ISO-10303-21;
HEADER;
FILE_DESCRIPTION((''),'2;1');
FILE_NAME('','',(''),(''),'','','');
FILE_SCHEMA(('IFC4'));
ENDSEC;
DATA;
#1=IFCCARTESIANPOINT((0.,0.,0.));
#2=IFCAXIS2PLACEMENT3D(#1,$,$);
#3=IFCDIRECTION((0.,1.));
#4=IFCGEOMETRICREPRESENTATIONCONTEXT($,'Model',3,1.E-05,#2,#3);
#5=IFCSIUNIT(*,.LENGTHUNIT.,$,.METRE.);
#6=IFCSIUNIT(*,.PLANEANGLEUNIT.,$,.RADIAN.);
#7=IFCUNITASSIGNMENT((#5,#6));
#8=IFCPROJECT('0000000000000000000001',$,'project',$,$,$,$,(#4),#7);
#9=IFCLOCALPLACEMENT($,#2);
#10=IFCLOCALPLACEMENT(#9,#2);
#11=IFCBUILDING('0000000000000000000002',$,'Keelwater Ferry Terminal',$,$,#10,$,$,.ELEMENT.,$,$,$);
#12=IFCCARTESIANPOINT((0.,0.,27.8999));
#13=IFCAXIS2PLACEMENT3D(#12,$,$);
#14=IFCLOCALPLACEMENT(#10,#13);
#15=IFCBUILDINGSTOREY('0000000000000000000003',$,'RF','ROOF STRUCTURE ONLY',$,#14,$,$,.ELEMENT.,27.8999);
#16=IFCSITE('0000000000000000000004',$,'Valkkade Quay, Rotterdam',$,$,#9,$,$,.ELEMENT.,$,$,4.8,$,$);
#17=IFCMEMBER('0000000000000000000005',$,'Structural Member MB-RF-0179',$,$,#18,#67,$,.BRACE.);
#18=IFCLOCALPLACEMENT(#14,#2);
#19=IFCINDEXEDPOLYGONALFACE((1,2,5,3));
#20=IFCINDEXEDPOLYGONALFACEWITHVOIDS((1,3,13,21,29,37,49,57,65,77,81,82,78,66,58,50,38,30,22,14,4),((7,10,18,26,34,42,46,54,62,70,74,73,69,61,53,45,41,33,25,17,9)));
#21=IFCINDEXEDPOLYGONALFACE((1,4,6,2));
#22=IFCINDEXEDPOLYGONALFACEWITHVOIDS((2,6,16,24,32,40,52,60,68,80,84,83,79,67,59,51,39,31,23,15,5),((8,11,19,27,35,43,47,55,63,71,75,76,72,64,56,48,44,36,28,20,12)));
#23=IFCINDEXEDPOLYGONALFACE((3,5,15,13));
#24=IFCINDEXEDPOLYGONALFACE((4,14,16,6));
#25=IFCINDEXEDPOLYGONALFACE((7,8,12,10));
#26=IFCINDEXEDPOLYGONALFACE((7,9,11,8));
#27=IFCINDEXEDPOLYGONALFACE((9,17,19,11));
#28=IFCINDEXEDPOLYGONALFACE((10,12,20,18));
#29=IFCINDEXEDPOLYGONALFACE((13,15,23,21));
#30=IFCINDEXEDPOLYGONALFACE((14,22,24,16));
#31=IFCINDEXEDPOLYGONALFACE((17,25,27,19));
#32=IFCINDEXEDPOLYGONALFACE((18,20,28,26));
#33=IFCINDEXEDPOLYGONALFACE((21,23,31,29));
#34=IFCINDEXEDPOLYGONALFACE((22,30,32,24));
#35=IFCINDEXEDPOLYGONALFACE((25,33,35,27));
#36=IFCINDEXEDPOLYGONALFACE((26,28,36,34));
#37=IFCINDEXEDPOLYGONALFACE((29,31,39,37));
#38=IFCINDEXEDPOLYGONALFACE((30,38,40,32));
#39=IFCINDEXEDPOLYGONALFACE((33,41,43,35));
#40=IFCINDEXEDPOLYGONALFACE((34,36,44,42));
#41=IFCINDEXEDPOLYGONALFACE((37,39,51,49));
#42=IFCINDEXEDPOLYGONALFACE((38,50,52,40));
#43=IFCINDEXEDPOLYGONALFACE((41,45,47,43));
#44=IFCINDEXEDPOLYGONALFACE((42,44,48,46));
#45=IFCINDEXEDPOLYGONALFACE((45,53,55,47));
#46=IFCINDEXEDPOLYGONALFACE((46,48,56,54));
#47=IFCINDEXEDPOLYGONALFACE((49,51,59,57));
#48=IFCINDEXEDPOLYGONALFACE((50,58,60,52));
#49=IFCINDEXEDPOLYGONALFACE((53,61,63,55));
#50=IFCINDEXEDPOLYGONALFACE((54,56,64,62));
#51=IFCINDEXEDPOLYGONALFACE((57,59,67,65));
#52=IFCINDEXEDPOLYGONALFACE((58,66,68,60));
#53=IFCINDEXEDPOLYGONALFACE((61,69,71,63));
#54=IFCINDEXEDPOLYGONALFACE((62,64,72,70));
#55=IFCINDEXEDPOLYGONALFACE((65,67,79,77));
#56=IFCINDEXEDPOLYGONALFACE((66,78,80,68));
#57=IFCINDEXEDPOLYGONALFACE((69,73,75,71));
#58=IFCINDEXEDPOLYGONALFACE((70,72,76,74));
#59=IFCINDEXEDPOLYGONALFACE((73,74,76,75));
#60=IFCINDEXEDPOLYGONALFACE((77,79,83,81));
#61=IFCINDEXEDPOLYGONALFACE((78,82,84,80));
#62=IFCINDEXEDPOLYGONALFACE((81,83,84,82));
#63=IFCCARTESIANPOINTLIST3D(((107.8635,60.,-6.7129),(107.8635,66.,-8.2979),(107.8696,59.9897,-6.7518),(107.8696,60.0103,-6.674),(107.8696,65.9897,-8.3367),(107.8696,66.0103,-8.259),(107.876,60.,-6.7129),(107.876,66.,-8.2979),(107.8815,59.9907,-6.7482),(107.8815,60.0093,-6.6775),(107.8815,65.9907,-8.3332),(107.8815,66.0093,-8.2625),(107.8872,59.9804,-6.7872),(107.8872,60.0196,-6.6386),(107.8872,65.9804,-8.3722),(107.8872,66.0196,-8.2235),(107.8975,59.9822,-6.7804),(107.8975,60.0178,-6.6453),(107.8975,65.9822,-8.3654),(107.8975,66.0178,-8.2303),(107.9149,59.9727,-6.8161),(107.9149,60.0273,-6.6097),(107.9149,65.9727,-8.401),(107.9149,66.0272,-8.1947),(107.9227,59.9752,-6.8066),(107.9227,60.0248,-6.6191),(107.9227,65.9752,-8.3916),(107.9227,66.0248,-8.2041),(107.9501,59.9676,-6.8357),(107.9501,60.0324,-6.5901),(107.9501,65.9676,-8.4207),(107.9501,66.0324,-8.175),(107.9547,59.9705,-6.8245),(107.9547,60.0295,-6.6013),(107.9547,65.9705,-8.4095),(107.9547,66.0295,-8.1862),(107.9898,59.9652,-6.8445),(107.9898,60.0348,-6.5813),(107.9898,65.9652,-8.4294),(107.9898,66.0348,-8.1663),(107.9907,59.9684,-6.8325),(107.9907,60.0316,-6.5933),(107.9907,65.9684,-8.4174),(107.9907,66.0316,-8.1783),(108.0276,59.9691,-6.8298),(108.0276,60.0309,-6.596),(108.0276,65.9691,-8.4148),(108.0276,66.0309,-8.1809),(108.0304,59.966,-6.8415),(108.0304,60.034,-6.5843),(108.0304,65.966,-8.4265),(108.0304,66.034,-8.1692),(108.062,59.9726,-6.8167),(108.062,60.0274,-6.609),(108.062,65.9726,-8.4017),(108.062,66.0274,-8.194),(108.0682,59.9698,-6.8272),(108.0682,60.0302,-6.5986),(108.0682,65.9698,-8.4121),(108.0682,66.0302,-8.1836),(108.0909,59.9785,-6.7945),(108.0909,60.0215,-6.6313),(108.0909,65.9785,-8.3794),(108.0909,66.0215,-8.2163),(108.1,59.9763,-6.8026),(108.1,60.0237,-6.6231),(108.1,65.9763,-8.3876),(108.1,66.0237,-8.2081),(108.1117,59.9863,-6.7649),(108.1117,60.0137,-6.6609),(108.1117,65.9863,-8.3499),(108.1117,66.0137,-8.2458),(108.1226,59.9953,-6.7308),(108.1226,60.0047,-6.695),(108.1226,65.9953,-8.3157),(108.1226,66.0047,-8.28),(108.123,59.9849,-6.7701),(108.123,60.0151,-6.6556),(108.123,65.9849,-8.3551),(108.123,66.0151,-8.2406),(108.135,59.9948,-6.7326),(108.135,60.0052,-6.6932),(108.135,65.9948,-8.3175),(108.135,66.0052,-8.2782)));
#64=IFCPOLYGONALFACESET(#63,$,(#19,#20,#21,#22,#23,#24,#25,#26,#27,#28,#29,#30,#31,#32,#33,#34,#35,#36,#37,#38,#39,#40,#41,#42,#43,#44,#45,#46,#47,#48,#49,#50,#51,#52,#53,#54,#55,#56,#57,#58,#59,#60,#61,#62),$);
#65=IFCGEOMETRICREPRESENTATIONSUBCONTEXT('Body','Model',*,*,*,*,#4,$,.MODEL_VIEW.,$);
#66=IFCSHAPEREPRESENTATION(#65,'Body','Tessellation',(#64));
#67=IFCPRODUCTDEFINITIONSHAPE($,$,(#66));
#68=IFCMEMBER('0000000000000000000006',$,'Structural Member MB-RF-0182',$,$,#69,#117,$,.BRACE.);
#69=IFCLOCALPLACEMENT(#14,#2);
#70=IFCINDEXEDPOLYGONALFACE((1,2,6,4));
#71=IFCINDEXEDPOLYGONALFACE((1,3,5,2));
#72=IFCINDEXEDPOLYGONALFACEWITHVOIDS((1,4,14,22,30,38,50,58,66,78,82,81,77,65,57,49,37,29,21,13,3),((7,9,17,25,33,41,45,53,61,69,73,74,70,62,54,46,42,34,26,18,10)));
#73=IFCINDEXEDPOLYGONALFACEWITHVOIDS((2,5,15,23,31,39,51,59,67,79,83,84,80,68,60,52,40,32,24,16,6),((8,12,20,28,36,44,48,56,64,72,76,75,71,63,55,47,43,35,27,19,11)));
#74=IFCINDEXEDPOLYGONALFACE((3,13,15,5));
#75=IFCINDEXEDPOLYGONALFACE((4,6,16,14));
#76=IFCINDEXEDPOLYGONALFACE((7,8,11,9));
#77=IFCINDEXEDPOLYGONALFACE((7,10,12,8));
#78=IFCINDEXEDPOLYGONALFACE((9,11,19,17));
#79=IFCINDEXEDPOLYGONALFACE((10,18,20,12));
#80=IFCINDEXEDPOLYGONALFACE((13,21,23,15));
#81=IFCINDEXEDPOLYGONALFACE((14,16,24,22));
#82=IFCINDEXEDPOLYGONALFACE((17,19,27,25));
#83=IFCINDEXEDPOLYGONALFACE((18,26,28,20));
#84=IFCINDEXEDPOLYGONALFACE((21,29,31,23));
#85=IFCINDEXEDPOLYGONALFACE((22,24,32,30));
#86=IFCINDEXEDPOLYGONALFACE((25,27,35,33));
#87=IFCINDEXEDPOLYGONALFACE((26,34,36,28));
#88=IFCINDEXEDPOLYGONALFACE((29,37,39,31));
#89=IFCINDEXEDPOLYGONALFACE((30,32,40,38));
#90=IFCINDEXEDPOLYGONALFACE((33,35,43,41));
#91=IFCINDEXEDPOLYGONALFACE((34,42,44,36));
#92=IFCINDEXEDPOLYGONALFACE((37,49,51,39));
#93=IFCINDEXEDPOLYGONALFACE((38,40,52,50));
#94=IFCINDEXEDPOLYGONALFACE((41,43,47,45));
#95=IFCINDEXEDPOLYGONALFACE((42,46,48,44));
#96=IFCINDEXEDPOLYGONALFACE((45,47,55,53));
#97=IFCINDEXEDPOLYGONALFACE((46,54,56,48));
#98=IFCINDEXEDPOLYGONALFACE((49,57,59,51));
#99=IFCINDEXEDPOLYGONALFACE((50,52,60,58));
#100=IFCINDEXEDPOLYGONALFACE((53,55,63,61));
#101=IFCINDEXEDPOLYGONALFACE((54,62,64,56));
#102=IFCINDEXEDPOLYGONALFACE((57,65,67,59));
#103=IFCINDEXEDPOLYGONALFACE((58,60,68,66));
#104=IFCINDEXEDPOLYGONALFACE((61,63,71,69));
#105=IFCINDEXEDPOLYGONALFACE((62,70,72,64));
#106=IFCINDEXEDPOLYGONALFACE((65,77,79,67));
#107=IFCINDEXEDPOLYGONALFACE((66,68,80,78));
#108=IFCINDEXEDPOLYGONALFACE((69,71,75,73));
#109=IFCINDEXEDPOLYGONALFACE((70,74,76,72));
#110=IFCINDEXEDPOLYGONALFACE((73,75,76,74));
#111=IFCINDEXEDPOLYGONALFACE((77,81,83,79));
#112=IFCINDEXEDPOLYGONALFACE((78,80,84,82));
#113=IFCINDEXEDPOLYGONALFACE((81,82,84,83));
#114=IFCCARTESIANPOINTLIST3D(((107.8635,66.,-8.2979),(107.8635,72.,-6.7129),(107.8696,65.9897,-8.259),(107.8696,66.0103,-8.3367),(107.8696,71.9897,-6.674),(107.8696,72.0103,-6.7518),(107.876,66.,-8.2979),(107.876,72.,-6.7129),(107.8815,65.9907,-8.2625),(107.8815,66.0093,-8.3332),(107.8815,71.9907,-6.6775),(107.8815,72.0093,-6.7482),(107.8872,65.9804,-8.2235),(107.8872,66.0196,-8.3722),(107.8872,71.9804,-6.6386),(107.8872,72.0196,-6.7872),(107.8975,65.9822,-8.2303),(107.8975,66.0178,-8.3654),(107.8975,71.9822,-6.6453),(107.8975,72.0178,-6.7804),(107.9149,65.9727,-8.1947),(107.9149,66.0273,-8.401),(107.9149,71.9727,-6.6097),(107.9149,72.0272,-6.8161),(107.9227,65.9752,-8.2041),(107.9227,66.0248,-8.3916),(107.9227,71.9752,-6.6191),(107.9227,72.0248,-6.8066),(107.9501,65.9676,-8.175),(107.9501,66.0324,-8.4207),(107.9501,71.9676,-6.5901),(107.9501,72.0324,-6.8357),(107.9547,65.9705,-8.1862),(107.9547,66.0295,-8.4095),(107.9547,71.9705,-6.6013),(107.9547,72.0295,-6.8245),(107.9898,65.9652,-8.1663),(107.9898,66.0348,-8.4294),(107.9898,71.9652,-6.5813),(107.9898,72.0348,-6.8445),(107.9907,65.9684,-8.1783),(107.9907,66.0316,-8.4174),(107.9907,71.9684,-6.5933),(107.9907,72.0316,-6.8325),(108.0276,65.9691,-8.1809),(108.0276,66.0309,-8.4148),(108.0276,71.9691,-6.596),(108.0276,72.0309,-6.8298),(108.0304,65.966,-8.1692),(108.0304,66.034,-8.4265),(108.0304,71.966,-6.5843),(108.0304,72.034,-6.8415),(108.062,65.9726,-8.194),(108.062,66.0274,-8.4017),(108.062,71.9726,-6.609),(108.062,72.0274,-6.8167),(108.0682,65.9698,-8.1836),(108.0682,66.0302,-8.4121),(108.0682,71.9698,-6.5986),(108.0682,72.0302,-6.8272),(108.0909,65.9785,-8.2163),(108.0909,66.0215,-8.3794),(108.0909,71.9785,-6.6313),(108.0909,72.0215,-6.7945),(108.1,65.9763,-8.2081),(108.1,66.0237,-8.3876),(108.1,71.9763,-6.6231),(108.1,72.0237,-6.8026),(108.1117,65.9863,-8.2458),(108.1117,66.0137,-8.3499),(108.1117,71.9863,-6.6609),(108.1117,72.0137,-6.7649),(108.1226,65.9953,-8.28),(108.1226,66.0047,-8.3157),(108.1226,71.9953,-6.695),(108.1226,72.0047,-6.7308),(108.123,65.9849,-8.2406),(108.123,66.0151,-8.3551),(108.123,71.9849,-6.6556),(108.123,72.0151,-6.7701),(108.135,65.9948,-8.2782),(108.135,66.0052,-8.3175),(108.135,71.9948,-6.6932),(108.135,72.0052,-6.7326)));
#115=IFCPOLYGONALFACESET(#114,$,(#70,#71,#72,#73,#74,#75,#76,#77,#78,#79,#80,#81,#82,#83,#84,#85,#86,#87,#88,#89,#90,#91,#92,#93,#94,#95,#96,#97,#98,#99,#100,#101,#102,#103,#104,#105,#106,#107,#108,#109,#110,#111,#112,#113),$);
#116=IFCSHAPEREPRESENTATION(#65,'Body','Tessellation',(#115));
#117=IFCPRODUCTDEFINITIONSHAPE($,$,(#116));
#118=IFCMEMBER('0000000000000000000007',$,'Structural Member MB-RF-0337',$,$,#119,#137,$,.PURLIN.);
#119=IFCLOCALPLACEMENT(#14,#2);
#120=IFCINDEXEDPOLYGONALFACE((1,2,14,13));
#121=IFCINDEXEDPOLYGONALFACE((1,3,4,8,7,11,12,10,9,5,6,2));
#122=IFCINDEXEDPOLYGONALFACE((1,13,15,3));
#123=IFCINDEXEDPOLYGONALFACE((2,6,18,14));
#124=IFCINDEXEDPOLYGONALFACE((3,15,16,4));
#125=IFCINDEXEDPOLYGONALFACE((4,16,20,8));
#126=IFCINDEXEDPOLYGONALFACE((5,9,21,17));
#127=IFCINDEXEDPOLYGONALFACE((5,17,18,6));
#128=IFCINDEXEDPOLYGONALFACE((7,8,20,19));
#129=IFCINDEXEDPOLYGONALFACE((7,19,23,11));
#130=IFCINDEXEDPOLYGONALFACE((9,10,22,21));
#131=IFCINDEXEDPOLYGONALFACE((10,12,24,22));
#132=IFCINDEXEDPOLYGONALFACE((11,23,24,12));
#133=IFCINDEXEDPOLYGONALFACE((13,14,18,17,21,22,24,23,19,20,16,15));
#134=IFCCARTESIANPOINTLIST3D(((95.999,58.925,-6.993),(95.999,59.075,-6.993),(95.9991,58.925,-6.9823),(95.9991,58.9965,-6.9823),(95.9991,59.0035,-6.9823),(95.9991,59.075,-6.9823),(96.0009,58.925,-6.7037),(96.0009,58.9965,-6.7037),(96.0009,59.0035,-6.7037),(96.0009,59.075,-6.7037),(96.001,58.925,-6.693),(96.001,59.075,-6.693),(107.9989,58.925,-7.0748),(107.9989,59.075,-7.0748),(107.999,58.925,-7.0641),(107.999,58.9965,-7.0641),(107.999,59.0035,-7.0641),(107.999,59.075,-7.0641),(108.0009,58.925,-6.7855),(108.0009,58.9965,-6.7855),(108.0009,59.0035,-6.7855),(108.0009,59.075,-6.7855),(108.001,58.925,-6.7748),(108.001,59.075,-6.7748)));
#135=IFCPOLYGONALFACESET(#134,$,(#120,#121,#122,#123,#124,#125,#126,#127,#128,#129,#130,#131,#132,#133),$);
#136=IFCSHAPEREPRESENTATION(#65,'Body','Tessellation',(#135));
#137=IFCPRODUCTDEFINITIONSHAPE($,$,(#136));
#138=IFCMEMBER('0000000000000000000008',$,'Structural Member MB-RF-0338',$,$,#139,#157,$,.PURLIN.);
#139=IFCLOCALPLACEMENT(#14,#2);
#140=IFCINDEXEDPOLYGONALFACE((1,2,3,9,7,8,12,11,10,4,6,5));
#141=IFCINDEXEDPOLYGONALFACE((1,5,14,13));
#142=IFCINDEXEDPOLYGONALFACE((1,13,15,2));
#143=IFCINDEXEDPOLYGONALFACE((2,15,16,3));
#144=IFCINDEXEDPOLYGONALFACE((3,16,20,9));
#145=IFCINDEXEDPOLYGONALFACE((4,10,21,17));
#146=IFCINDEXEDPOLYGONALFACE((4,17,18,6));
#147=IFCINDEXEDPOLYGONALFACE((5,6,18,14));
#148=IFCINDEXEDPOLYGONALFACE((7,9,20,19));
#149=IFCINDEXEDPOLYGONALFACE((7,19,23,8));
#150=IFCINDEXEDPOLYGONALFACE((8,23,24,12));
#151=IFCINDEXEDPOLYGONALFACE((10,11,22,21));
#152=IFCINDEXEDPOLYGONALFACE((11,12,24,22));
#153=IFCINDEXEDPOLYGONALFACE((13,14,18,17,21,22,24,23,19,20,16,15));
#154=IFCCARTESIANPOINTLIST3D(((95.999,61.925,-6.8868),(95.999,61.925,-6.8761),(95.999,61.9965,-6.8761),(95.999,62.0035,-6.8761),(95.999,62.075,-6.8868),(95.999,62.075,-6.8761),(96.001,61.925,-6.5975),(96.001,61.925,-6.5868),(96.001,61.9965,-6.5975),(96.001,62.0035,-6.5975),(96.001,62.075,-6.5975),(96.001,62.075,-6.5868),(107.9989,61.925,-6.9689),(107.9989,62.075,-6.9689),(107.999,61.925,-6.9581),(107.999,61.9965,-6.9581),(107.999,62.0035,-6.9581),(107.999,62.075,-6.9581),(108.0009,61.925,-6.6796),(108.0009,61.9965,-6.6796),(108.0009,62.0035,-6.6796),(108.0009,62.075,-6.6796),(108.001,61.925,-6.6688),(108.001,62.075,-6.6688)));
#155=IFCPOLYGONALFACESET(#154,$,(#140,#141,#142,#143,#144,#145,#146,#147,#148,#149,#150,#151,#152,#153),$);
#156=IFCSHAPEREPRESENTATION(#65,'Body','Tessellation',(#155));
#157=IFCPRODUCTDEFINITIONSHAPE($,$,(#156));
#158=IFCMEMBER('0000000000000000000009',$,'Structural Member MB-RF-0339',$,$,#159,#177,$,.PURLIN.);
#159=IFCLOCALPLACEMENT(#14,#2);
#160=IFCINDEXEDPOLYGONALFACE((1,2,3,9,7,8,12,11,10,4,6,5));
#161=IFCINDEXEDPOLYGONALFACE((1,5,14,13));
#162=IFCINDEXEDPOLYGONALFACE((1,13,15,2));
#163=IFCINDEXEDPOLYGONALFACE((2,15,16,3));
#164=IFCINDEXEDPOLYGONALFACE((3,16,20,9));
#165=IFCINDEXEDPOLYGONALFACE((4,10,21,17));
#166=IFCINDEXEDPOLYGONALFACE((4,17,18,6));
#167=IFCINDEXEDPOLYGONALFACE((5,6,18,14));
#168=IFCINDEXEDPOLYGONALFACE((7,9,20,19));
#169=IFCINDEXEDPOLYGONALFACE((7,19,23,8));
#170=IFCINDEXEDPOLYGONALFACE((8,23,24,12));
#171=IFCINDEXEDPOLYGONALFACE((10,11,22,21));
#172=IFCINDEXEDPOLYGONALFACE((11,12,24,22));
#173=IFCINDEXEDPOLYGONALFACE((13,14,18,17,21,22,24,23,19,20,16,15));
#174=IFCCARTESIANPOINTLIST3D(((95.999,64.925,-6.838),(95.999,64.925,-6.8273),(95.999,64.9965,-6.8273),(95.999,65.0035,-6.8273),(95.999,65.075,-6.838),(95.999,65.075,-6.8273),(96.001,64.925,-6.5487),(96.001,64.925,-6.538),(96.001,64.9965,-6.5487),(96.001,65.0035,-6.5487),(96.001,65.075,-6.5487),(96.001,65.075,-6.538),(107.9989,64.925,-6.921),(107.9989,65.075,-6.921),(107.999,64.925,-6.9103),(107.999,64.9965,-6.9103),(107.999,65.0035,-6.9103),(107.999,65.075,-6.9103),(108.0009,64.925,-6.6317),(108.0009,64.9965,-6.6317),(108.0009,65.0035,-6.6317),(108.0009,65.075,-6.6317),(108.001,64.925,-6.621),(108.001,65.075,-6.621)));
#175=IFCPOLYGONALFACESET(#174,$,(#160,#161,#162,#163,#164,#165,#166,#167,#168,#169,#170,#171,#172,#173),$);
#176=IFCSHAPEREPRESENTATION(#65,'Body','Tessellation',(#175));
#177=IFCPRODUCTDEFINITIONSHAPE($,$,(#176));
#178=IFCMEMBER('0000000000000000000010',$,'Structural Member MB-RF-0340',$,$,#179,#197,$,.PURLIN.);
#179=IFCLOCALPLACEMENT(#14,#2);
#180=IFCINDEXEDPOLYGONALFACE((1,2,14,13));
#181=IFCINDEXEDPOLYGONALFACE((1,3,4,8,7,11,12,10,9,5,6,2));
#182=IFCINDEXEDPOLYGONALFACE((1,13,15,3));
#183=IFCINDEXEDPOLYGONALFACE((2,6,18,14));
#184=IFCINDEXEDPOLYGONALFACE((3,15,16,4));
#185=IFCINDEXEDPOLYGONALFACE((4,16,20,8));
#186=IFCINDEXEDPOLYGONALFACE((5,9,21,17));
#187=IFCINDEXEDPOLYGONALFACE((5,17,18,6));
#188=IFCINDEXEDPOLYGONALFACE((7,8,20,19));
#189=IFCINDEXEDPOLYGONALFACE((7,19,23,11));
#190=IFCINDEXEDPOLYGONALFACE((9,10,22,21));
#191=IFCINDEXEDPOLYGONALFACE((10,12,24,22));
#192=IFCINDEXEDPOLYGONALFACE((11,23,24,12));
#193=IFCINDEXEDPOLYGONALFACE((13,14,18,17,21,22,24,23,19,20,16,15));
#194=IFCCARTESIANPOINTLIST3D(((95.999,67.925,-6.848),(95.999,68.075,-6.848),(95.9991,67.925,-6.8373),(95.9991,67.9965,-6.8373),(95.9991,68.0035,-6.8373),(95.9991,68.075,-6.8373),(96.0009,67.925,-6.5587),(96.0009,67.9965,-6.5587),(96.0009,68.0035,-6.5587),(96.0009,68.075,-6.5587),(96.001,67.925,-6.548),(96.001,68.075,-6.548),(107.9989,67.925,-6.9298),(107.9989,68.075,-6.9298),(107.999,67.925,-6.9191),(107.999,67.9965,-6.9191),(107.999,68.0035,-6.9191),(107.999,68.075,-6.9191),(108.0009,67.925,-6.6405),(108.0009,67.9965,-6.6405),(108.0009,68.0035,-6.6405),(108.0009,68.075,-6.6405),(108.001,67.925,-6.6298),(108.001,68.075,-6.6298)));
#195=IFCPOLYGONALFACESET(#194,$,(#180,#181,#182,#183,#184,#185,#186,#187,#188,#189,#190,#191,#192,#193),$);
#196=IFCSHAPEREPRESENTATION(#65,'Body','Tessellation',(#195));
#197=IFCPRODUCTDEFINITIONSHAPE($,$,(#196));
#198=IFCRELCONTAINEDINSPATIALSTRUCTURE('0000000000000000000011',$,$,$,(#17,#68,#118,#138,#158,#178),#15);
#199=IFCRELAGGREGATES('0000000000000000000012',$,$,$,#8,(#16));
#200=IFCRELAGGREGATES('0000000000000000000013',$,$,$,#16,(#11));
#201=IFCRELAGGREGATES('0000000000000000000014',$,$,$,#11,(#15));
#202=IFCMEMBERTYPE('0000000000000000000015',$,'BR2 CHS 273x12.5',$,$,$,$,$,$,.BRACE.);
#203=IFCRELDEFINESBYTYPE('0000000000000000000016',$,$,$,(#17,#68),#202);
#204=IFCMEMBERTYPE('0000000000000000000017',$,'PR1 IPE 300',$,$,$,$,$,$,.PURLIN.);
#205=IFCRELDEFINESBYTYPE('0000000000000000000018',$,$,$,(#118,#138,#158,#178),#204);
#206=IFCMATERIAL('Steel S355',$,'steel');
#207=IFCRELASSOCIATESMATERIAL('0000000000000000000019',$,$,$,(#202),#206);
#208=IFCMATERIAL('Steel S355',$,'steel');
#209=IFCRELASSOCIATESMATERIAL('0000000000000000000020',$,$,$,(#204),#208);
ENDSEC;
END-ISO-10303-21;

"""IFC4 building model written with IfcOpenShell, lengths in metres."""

from ifc_helpers import new_model, si_unit, direction, frame, origin, origin_2d, place, context, subcontext, project, spatial, hollow_circle, i_section, extrude, material, material_profile, profile_set, type_object, element, save


model = new_model("IFC4")

# Units and contexts
model_context = context("Model", 3, precision=1e-05, world=origin(), true_north=direction((0.0, 1.0)))
body_context = subcontext(model_context, "Body", "Model", "MODEL_VIEW")
ifc_project = project(units=[si_unit("LENGTHUNIT", "METRE"), si_unit("PLANEANGLEUNIT", "RADIAN")], contexts=[model_context])

# Site, building, storey
site_placement = place(None, origin())
site = spatial("IfcSite", under=ifc_project, at=site_placement, Name="Valkkade Quay, Rotterdam", CompositionType="ELEMENT", RefElevation=4.8)
building_placement = place(site_placement, origin())
building = spatial("IfcBuilding", under=site, at=building_placement, Name="Keelwater Ferry Terminal", CompositionType="ELEMENT")
storey_placement = place(building_placement, frame((0.0, 0.0, 27.8999)))
storey = spatial("IfcBuildingStorey", under=building, at=storey_placement, Name="RF", Description="ROOF STRUCTURE ONLY", CompositionType="ELEMENT", Elevation=27.8999)

# Members
ifc_material_1 = material(Name="Steel S355", Category="steel")
ifc_material_profile_1 = material_profile(ifc_material_1, hollow_circle(Radius=0.1365, WallThickness=0.0125, at=origin_2d()), Name="CHS 273x12.5")
ifc_profile_set_1 = profile_set([ifc_material_profile_1], Name="Steel S355")
member_type_1 = type_object("IfcMemberType", Name="BR2 CHS 273x12.5", PredefinedType="BRACE", material=ifc_profile_set_1)
for number, where, z_axis, x_axis, name in (
    (1, (108.0, 60.0, -6.7129), (0.0, 0.966836, -0.255399), (-1.0, 0.0, 0.0), "Structural Member MB-RF-0179"),
    (2, (108.0, 66.0, -8.2979), (0.0, 0.966836, 0.255399), (-1.0, 0.0, 0.0), "Structural Member MB-RF-0182"),
):
    element("IfcMember", number, at=place(storey_placement, frame(where, z_axis=z_axis, x_axis=x_axis)), inside=storey, type_object=member_type_1, Name=name, PredefinedType="BRACE", context=body_context, shape_type="SweptSolid", body=[
        extrude(hollow_circle(Radius=0.1365, WallThickness=0.0125, at=origin_2d()), origin(), (0.0, 0.0, 1.0), 6.2058),
    ])
ifc_material_2 = material(Name="Steel S355", Category="steel")
ifc_material_profile_2 = material_profile(ifc_material_2, i_section(OverallWidth=0.1499, OverallDepth=0.3, WebThickness=0.0071, FlangeThickness=0.0107, at=origin_2d()), Name="IPE 300")
ifc_profile_set_2 = profile_set([ifc_material_profile_2], Name="Steel S355")
member_type_2 = type_object("IfcMemberType", Name="PR1 IPE 300", PredefinedType="PURLIN", material=ifc_profile_set_2)
for number, where, z_axis, x_axis, name in (
    (3, (96.0, 59.0, -6.843), (0.999977, 0.0, -0.006815), (0.0, 1.0, 0.0), "Structural Member MB-RF-0337"),
    (4, (96.0, 62.0, -6.7368), (0.999977, 0.0, -0.006836), (0.0, 1.0, 0.0), "Structural Member MB-RF-0338"),
    (5, (96.0, 65.0, -6.688), (0.999976, 0.0, -0.006917), (0.0, 1.0, 0.0), "Structural Member MB-RF-0339"),
    (6, (96.0, 68.0, -6.698), (0.999977, 0.0, -0.006815), (0.0, 1.0, 0.0), "Structural Member MB-RF-0340"),
):
    element("IfcMember", number, at=place(storey_placement, frame(where, z_axis=z_axis, x_axis=x_axis)), inside=storey, type_object=member_type_2, Name=name, PredefinedType="PURLIN", context=body_context, shape_type="SweptSolid", body=[
        extrude(i_section(OverallWidth=0.1499, OverallDepth=0.3, WebThickness=0.0071, FlangeThickness=0.0107, at=origin_2d()), origin(), (0.0, 0.0, 1.0), 12.0002),
    ])

save(model, "model.ifc")
